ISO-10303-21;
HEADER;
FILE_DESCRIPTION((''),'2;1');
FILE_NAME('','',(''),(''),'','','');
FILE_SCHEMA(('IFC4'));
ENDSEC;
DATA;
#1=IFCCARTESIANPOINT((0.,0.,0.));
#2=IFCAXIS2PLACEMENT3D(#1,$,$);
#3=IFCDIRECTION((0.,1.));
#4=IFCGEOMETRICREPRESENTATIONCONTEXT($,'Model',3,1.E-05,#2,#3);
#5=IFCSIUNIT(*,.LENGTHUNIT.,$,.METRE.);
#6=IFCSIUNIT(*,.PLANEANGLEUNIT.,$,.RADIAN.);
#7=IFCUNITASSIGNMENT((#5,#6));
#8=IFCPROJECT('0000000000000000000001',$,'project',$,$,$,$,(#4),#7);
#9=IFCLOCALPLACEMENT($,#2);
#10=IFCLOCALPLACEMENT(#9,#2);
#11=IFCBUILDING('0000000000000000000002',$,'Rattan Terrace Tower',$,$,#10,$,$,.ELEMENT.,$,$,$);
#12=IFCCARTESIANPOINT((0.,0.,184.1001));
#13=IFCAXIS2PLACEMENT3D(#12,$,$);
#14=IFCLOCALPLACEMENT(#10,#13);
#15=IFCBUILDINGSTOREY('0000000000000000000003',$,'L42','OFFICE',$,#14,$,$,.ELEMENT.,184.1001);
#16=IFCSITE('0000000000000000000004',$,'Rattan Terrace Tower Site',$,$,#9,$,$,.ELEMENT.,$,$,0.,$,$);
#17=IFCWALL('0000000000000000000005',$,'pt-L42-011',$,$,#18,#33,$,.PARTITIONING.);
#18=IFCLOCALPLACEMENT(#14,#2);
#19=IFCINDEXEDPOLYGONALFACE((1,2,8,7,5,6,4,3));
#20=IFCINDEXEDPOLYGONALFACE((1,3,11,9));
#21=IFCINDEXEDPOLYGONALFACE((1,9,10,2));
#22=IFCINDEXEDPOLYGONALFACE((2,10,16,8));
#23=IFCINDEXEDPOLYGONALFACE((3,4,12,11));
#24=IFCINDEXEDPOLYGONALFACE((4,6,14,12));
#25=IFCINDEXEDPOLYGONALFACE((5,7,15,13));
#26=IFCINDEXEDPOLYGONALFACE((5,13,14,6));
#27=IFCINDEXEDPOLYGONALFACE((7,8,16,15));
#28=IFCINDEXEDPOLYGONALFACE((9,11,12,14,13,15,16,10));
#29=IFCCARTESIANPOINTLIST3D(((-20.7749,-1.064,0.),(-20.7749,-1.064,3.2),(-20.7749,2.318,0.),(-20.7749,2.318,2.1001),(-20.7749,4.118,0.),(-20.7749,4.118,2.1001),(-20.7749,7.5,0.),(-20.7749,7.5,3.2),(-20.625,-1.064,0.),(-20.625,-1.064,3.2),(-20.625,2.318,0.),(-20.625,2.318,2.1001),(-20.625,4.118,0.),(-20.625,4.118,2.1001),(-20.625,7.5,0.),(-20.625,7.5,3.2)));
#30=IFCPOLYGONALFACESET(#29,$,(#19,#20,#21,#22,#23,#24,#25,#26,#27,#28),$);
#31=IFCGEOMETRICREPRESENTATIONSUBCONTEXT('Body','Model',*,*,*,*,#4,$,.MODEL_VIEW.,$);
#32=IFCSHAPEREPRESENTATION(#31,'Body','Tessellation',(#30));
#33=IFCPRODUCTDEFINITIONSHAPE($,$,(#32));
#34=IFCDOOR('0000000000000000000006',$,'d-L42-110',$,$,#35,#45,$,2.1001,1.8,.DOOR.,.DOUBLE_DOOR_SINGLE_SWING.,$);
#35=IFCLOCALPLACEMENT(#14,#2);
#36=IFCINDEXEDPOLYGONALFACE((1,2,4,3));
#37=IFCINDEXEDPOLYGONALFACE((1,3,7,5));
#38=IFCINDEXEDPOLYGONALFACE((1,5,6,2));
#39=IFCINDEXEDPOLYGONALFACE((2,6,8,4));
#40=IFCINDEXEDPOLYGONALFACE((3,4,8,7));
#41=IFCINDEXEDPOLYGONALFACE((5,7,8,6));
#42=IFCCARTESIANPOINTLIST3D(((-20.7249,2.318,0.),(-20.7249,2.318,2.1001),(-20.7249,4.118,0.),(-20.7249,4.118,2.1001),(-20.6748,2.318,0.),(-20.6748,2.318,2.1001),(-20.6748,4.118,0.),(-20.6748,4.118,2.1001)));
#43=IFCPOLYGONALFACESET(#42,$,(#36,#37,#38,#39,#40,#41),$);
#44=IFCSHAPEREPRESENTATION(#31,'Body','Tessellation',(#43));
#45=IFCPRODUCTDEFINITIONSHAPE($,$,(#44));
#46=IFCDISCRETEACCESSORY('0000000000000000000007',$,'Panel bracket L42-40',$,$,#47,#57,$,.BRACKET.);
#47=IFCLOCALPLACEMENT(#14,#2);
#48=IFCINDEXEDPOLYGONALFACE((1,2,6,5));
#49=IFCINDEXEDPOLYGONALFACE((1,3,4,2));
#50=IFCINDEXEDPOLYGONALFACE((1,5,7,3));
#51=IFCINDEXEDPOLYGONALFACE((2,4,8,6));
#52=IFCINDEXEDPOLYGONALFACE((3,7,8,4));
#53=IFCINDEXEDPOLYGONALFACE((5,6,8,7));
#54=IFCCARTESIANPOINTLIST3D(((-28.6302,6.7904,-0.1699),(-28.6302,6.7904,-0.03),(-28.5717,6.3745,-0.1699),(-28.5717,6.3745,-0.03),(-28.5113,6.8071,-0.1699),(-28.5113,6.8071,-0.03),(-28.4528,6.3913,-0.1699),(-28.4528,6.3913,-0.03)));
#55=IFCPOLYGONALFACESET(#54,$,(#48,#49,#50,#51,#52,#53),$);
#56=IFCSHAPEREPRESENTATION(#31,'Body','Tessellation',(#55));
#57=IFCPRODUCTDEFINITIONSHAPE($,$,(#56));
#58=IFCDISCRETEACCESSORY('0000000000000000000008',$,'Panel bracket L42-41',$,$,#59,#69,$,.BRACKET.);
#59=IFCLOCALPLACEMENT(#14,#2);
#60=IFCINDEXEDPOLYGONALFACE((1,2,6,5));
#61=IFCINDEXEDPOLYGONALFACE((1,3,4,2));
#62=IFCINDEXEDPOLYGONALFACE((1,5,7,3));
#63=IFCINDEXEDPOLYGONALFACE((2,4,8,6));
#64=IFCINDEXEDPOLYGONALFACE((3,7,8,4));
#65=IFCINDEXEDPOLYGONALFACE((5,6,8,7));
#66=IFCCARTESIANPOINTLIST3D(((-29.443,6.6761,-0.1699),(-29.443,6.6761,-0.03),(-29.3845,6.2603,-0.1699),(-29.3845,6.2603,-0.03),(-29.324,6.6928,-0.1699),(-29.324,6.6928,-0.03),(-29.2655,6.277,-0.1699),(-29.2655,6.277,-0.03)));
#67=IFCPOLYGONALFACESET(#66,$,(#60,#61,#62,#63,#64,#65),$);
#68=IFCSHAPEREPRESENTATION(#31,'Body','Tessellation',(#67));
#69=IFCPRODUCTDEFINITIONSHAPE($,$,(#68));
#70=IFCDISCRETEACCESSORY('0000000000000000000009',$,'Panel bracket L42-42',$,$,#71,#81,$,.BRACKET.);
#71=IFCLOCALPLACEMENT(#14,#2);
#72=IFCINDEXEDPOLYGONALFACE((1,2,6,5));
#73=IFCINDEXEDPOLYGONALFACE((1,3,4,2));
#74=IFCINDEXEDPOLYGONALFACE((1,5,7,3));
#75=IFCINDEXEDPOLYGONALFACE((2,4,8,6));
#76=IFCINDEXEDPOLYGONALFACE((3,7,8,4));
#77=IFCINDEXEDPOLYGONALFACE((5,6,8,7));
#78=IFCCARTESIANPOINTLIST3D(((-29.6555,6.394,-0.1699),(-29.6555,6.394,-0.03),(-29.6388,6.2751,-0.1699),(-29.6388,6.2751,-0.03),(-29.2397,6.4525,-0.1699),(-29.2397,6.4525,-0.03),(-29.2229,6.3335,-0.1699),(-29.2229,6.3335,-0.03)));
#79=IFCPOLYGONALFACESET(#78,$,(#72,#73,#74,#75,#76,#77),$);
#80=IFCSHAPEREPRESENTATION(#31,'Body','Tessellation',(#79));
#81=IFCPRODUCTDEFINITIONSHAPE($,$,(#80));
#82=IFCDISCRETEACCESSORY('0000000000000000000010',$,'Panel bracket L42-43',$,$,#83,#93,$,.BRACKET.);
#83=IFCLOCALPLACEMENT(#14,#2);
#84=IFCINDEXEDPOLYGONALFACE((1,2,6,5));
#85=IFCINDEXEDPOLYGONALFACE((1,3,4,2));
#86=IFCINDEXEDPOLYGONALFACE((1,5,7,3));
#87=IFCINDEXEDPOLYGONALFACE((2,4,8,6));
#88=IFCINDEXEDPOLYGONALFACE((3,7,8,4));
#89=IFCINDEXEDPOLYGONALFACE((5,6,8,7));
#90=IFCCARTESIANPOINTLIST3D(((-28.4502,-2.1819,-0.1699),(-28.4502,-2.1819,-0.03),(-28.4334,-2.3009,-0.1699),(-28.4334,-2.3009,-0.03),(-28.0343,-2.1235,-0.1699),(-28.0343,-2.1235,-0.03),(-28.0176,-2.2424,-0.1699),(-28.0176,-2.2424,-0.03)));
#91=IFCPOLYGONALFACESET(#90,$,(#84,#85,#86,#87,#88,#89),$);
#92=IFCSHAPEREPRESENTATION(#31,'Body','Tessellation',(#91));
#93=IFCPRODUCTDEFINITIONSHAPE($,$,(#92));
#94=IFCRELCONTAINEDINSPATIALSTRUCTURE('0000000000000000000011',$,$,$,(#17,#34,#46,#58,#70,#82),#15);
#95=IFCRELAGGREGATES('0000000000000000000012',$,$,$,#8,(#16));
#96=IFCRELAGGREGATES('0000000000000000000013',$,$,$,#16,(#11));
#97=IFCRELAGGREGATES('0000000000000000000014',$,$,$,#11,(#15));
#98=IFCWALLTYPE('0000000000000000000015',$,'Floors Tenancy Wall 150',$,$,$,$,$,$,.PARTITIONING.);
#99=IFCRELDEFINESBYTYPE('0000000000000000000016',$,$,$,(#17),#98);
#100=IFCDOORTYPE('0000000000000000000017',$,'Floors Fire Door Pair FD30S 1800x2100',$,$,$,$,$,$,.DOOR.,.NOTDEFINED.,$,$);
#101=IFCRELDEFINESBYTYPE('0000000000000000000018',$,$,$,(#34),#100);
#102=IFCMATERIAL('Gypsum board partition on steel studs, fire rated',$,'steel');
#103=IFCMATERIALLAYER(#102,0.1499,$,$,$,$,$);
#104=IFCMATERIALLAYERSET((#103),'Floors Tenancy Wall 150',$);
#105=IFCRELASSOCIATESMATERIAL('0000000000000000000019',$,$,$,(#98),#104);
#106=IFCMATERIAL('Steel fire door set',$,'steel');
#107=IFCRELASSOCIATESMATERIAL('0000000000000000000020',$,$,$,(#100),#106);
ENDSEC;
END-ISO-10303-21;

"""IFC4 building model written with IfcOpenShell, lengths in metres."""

from ifc_helpers import new_model, si_unit, direction, frame, frame_2d, origin, origin_2d, place, context, subcontext, project, spatial, rectangle, extrude, material, layer, layer_set, type_object, element, fill, save


model = new_model("IFC4")

# Units and contexts
model_context = context("Model", 3, precision=1e-05, world=origin(), true_north=direction((0.0, 1.0)))
body_context = subcontext(model_context, "Body", "Model", "MODEL_VIEW")
ifc_project = project(units=[si_unit("LENGTHUNIT", "METRE"), si_unit("PLANEANGLEUNIT", "RADIAN")], contexts=[model_context])

# Site, building, storey
site_placement = place(None, origin())
site = spatial("IfcSite", under=ifc_project, at=site_placement, Name="Rattan Terrace Tower Site", CompositionType="ELEMENT", RefElevation=0.0)
building_placement = place(site_placement, origin())
building = spatial("IfcBuilding", under=site, at=building_placement, Name="Rattan Terrace Tower", CompositionType="ELEMENT")
storey_placement = place(building_placement, frame((0.0, 0.0, 184.1001)))
storey = spatial("IfcBuildingStorey", under=building, at=storey_placement, Name="L42", Description="OFFICE", CompositionType="ELEMENT", Elevation=184.1001)

# Wall, opening, door
ifc_material_1 = material(Name="Gypsum board partition on steel studs, fire rated", Category="steel")
ifc_layer_1 = layer(ifc_material_1, 0.1499)
ifc_layer_set_1 = layer_set([ifc_layer_1], Name="Floors Tenancy Wall 150")
wall_type_1 = type_object("IfcWallType", Name="Floors Tenancy Wall 150", PredefinedType="PARTITIONING", material=ifc_layer_set_1)
wall_1_placement = place(storey_placement, frame((-20.7, -1.064, 0.0), z_axis=(0.0, 0.0, 1.0), x_axis=(0.0, 1.0, 0.0)))
wall_1 = element("IfcWall", 1, at=wall_1_placement, inside=storey, type_object=wall_type_1, Name="pt-L42-011", PredefinedType="PARTITIONING", context=body_context, shape_type="SweptSolid", body=[
    extrude(rectangle(XDim=8.564, YDim=0.1499, at=frame_2d((4.282, 0.0))), origin(), (0.0, 0.0, 1.0), 3.2),
])
opening_1_placement = place(wall_1_placement, frame((3.3821, 0.0, 0.0)))
opening_1 = element("IfcOpeningElement", 2, at=opening_1_placement, cuts=wall_1, PredefinedType="OPENING", context=body_context, shape_type="SweptSolid", body=[
    extrude(rectangle(XDim=1.8, YDim=2.1001, at=frame_2d((0.8999, 1.05))), frame((0.0, 0.0854, 0.0), z_axis=(0.0, -1.0, 0.0), x_axis=(1.0, 0.0, 0.0)), (0.0, 0.0, 1.0), 0.1709),
])
ifc_material_2 = material(Name="Steel fire door set", Category="steel")
door_type_1 = type_object("IfcDoorType", Name="Floors Fire Door Pair FD30S 1800x2100", OperationType="NOTDEFINED", PredefinedType="DOOR", material=ifc_material_2)
door_1_placement = place(opening_1_placement, origin())
door_1 = element("IfcDoor", 3, at=door_1_placement, inside=storey, type_object=door_type_1, Name="d-L42-110", OperationType="DOUBLE_DOOR_SINGLE_SWING", OverallHeight=2.1001, OverallWidth=1.8, PredefinedType="DOOR", context=body_context, shape_type="SweptSolid", body=[
    extrude(rectangle(XDim=1.8, YDim=2.1001, at=frame_2d((0.8999, 1.05))), frame((0.0, 0.0249, 0.0), z_axis=(0.0, -1.0, 0.0), x_axis=(1.0, 0.0, 0.0)), (0.0, 0.0, 1.0), 0.05),
])
fill(opening_1, door_1)

# Discrete accessories
for number, where, z_axis, x_axis, name in (
    (4, (-28.5415, 6.5908, -0.1699), (0.0, 0.0, 1.0), (-0.990254, -0.139275, 0.0), "Panel bracket L42-40"),
    (5, (-29.3542, 6.4766, -0.1699), (0.0, 0.0, 1.0), (-0.990254, -0.139275, 0.0), "Panel bracket L42-41"),
    (6, (-29.4392, 6.3638, -0.1699), (0.0, 0.0, 1.0), (0.139191, -0.990266, 0.0), "Panel bracket L42-42"),
    (7, (-28.2339, -2.2122, -0.1699), (0.0, 0.0, 1.0), (0.139191, -0.990266, 0.0), "Panel bracket L42-43"),
):
    element("IfcDiscreteAccessory", number, at=place(storey_placement, frame(where, z_axis=z_axis, x_axis=x_axis)), inside=storey, Name=name, PredefinedType="BRACKET", context=body_context, shape_type="SweptSolid", body=[
        extrude(rectangle(XDim=0.1201, YDim=0.4199, at=origin_2d()), origin(), (0.0, 0.0, 1.0), 0.1399),
    ])

save(model, "model.ifc")
